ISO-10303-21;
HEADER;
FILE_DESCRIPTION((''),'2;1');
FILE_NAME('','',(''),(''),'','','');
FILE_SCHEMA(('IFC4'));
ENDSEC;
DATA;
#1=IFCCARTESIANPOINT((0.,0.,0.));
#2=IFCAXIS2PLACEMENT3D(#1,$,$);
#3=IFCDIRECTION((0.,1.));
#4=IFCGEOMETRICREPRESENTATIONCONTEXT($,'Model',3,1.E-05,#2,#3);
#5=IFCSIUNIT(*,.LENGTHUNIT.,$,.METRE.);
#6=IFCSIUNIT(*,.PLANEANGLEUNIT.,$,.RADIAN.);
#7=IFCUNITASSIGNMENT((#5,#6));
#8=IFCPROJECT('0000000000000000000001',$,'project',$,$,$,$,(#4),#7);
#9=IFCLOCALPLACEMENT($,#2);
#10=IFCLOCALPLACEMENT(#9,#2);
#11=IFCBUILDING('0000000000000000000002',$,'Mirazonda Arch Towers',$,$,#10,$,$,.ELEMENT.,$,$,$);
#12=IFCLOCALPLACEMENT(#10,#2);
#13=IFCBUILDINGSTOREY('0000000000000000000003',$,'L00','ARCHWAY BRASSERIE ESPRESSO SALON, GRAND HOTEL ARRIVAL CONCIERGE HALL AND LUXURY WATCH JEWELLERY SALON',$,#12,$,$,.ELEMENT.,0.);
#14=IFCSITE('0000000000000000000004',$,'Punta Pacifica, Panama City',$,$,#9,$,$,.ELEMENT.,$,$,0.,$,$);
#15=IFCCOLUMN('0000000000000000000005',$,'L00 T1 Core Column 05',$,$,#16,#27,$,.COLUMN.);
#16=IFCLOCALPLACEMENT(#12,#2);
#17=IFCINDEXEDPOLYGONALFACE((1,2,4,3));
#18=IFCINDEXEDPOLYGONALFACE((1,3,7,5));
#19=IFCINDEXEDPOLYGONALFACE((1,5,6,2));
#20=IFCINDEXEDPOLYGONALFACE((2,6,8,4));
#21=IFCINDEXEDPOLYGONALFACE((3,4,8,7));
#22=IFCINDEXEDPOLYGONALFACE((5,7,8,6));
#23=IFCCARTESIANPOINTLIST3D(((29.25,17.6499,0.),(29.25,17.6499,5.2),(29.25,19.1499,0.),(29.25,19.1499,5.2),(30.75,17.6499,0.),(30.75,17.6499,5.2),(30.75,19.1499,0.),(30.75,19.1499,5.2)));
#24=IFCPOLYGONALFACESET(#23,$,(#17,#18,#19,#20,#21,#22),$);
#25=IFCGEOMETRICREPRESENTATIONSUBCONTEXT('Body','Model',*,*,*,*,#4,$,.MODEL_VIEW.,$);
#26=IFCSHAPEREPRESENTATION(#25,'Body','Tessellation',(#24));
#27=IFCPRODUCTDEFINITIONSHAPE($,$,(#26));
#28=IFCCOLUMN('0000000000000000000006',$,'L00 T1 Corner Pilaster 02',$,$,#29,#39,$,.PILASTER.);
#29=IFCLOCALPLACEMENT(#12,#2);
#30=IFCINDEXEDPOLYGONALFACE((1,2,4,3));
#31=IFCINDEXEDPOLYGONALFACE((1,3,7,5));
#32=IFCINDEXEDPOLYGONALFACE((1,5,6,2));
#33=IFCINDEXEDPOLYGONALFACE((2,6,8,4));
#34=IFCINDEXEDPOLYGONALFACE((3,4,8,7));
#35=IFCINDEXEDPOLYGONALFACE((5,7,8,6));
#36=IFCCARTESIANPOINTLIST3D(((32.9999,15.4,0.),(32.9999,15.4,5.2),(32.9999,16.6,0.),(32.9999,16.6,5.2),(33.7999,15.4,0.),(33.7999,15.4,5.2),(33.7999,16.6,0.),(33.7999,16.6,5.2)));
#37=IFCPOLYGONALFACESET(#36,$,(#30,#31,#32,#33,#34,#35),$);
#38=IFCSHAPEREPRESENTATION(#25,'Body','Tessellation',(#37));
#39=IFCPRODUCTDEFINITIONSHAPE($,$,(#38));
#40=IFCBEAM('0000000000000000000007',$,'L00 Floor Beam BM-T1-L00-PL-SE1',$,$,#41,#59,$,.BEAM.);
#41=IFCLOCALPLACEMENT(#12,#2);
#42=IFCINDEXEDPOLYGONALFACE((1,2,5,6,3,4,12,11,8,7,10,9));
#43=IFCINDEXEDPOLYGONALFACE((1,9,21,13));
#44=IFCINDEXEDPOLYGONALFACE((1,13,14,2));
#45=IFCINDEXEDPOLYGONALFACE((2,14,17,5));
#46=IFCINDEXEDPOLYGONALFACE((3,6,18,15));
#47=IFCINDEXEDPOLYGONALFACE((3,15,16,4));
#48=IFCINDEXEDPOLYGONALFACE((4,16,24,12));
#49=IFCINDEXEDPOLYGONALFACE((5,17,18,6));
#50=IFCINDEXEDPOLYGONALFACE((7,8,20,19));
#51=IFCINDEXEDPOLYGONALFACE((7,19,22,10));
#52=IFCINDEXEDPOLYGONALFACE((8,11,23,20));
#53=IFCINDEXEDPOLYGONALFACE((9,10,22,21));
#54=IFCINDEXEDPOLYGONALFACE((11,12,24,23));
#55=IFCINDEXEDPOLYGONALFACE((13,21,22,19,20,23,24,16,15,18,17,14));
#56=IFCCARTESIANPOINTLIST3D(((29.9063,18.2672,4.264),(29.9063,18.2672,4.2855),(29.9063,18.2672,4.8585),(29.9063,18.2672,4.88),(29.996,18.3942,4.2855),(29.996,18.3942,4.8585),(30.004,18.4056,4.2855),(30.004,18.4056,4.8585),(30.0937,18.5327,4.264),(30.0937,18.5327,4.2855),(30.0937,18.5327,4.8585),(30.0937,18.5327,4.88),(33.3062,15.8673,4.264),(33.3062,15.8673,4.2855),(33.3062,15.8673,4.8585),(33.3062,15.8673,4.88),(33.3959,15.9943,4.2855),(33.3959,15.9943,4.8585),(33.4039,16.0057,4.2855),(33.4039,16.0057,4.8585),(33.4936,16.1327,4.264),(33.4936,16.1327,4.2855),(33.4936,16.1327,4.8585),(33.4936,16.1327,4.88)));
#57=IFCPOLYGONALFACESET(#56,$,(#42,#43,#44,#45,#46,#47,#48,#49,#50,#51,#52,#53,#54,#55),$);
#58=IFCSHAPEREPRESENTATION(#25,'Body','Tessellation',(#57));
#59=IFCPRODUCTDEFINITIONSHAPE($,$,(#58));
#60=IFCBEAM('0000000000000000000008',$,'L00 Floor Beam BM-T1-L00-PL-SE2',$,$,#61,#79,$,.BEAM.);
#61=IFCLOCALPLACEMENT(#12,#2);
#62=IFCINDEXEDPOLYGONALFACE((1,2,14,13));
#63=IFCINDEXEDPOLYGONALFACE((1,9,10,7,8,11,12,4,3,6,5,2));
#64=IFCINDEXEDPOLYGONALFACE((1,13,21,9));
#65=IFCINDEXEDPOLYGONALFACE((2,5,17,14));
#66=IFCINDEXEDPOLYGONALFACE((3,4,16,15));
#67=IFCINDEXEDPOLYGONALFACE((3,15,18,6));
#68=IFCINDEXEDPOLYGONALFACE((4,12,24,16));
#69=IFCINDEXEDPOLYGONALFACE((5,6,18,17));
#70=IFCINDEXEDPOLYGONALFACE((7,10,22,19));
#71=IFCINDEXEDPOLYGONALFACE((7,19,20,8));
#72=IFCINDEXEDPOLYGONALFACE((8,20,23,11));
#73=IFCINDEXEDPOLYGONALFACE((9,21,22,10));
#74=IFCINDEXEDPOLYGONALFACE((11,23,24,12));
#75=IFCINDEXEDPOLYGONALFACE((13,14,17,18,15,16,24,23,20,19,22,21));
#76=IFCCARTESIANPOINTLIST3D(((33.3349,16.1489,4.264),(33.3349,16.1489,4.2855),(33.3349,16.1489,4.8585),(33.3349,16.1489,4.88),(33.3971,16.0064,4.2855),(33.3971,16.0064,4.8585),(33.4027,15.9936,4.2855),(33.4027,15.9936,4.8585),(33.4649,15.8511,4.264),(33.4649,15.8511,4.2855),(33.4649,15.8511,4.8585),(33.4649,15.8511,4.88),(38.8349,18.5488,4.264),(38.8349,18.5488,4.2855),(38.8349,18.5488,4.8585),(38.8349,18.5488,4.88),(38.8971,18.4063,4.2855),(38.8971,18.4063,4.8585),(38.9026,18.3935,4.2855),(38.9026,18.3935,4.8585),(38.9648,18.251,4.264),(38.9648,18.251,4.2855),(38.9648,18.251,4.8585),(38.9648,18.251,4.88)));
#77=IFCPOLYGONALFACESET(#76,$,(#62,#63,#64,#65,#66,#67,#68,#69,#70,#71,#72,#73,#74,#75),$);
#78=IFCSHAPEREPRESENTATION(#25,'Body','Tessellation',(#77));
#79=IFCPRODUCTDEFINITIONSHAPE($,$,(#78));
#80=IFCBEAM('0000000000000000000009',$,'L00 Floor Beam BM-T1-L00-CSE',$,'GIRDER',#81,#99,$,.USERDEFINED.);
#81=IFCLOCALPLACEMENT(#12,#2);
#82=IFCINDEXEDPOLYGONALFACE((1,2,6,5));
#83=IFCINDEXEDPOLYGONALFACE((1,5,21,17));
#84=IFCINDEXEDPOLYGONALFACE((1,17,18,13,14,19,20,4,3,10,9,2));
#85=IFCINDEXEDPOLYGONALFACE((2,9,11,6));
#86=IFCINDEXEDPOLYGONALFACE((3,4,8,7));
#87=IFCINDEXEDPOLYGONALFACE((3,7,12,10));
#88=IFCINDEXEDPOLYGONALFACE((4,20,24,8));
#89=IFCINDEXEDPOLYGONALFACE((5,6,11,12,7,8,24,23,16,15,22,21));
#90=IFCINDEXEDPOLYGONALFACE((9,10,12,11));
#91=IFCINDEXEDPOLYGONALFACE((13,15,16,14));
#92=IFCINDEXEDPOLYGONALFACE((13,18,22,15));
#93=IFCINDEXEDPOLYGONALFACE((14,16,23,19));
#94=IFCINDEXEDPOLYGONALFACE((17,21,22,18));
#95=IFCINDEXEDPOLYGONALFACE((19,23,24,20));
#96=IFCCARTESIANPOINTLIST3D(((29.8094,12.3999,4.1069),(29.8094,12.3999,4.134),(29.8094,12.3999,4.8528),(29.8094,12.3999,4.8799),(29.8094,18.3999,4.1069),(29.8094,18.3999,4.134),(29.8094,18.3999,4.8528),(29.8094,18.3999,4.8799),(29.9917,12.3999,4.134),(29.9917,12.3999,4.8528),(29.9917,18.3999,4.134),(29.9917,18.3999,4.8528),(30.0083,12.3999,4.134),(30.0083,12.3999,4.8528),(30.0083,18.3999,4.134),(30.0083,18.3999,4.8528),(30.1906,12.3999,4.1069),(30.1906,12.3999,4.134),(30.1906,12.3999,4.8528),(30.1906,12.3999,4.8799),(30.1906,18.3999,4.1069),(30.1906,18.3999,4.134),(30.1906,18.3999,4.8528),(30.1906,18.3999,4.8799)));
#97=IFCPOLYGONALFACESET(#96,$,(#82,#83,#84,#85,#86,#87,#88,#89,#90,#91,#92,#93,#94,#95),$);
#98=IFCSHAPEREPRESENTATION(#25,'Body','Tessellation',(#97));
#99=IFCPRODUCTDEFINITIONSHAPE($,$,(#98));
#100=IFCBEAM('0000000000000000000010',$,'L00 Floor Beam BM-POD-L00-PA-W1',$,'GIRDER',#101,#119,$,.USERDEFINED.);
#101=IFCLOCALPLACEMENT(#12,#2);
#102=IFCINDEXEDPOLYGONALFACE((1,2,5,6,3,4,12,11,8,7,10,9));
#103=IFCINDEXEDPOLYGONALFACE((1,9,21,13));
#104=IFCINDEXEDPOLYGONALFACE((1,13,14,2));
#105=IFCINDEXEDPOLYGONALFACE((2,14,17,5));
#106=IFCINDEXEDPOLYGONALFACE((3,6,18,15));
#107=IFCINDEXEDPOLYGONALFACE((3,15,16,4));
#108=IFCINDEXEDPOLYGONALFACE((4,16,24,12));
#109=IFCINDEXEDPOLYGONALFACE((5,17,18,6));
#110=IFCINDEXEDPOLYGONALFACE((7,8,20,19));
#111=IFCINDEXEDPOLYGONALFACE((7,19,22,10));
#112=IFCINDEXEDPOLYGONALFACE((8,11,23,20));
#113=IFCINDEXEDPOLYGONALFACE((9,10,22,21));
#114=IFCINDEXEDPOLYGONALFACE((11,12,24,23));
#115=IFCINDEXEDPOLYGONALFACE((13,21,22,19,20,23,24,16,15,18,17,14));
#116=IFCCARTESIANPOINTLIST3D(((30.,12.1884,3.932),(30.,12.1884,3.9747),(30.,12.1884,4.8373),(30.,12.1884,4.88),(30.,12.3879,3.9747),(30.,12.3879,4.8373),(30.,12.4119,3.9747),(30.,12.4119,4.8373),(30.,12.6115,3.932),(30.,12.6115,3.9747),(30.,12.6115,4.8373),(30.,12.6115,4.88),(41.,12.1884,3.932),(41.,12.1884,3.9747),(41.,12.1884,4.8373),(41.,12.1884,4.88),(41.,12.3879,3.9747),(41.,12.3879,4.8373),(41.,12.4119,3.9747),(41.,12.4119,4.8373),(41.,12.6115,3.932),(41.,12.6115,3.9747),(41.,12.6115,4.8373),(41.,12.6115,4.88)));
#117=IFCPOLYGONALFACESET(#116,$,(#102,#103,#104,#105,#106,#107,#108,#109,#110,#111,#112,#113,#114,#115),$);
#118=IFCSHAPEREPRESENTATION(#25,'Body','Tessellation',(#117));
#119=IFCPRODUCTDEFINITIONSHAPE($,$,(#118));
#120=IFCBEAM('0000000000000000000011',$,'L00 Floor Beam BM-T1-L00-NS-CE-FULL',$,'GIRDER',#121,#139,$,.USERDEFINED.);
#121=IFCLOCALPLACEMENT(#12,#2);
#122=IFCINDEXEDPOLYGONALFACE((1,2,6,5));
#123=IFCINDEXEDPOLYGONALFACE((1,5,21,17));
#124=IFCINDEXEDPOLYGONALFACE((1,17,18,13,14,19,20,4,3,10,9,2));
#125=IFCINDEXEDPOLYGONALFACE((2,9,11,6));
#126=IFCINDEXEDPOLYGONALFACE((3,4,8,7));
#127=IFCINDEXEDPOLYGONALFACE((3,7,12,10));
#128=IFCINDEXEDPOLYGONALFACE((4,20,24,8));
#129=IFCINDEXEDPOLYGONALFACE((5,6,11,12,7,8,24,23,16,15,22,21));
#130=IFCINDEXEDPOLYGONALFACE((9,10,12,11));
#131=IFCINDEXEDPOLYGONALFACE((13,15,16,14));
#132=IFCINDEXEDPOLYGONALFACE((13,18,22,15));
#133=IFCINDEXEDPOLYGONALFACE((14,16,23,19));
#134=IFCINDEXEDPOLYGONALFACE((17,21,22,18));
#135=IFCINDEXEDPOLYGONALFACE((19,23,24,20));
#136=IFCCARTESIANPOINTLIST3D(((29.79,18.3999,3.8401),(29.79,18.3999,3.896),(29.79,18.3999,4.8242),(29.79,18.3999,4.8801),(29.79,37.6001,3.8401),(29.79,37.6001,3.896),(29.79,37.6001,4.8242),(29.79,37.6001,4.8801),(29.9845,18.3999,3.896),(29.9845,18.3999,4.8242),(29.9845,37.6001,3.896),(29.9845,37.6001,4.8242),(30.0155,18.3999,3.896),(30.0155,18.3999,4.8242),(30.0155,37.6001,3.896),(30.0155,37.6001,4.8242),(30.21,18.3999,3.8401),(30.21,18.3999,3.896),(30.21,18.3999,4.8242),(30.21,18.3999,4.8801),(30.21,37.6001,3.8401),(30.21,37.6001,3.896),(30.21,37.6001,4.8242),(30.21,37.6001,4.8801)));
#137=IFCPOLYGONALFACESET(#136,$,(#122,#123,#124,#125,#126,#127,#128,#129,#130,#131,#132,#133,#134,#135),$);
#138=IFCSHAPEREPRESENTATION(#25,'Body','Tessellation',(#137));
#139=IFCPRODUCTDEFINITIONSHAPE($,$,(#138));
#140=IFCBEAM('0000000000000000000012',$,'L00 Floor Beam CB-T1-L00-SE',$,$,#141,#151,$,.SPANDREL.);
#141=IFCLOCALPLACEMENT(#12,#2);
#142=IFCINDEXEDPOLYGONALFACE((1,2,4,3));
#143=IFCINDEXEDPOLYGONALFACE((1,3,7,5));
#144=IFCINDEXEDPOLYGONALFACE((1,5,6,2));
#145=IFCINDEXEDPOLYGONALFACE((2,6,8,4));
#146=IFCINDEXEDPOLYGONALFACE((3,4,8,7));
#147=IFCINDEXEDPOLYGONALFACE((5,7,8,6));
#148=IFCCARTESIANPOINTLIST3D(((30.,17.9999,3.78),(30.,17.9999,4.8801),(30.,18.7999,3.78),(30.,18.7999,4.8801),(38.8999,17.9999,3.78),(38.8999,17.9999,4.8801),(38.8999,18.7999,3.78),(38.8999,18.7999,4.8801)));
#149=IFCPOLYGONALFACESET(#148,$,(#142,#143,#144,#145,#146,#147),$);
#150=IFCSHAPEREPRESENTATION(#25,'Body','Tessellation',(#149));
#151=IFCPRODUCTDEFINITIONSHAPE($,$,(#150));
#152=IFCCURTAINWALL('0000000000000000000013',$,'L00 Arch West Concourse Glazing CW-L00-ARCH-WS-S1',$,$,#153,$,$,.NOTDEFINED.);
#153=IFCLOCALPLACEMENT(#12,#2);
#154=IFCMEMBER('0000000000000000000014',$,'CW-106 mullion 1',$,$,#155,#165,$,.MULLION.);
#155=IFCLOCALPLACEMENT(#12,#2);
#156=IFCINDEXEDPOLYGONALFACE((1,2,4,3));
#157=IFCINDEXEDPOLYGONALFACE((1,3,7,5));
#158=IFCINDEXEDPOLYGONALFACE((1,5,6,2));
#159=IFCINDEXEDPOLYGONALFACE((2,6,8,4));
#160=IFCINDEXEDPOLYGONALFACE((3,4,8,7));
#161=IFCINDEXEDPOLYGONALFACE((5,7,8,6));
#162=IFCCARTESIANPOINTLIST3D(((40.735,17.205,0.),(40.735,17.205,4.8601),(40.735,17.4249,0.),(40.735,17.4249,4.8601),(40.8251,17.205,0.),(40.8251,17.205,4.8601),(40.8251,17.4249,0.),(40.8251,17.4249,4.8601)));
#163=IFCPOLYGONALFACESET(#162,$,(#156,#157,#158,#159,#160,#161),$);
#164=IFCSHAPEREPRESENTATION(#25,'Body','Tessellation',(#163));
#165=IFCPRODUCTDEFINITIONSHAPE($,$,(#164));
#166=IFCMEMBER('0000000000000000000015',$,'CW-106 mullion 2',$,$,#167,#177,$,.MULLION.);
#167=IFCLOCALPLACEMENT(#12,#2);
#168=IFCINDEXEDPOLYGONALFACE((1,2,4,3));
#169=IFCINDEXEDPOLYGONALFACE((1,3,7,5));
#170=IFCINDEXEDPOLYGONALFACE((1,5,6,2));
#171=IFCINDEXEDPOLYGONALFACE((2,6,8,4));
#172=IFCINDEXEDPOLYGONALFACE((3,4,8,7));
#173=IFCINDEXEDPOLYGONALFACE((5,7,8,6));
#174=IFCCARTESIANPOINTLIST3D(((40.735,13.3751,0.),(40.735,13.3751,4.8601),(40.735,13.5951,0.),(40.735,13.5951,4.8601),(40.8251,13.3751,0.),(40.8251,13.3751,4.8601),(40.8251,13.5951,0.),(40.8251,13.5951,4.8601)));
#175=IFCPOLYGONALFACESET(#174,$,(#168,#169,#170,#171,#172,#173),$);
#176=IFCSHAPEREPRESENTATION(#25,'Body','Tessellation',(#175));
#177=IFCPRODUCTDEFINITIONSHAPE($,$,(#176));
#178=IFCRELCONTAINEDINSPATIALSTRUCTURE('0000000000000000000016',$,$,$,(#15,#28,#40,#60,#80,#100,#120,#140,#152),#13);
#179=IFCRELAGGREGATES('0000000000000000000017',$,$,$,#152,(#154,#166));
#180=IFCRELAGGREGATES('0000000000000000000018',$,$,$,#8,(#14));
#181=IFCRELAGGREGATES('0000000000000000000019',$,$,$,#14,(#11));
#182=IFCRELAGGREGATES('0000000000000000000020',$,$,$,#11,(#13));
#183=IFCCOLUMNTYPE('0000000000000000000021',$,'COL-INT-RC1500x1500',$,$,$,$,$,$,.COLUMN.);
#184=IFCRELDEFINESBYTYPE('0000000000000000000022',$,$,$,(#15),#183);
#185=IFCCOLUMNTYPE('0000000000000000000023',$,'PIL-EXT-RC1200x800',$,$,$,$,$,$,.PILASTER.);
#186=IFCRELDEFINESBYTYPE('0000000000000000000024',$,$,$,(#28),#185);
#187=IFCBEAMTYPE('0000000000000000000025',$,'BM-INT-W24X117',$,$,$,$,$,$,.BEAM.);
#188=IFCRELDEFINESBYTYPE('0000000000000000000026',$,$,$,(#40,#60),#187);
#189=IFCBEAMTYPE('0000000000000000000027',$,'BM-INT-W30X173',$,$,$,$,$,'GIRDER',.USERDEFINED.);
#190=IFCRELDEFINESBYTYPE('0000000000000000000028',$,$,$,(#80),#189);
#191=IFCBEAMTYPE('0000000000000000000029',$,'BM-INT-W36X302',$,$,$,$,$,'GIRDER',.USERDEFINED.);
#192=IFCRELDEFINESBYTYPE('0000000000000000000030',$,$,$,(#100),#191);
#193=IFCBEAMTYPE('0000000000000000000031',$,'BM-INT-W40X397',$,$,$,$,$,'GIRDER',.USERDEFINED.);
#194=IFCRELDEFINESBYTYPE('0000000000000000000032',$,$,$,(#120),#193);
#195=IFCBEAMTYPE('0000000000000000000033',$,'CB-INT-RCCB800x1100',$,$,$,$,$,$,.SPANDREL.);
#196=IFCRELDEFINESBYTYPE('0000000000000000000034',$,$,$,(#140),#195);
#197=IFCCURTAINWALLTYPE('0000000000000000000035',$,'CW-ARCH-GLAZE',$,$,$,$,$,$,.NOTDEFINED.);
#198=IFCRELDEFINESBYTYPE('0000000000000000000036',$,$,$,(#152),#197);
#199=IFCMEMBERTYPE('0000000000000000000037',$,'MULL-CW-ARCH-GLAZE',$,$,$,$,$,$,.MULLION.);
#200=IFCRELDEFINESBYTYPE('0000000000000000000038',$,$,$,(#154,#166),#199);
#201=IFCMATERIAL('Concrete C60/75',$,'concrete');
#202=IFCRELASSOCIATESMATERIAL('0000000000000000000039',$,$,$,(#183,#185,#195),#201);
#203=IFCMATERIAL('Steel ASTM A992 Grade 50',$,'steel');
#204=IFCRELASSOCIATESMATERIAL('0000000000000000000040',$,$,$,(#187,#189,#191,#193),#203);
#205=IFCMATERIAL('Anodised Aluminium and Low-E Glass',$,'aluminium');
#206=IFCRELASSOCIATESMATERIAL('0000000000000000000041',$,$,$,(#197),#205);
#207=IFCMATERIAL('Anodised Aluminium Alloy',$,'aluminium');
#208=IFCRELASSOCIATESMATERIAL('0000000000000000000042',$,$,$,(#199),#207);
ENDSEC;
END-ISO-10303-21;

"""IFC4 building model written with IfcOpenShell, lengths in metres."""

from ifc_helpers import new_model, si_unit, direction, frame, origin, origin_2d, place, context, subcontext, project, spatial, rectangle, i_section, extrude, material, material_profile, profile_set, type_object, element, aggregate, save


model = new_model("IFC4")

# Units and contexts
model_context = context("Model", 3, precision=1e-05, world=origin(), true_north=direction((0.0, 1.0)))
body_context = subcontext(model_context, "Body", "Model", "MODEL_VIEW")
ifc_project = project(units=[si_unit("LENGTHUNIT", "METRE"), si_unit("PLANEANGLEUNIT", "RADIAN")], contexts=[model_context])

# Site, building, storey
site_placement = place(None, origin())
site = spatial("IfcSite", under=ifc_project, at=site_placement, Name="Punta Pacifica, Panama City", CompositionType="ELEMENT", RefElevation=0.0)
building_placement = place(site_placement, origin())
building = spatial("IfcBuilding", under=site, at=building_placement, Name="Mirazonda Arch Towers", CompositionType="ELEMENT")
storey_placement = place(building_placement, origin())
storey = spatial("IfcBuildingStorey", under=building, at=storey_placement, Name="L00", Description="ARCHWAY BRASSERIE ESPRESSO SALON, GRAND HOTEL ARRIVAL CONCIERGE HALL AND LUXURY WATCH JEWELLERY SALON", CompositionType="ELEMENT", Elevation=0.0)

# Columns
ifc_material_1 = material(Name="Concrete C60/75", Category="concrete")
ifc_material_profile_1 = material_profile(ifc_material_1, rectangle(XDim=1.5, YDim=1.5, at=origin_2d()), Name="RC1500x1500")
ifc_profile_set_1 = profile_set([ifc_material_profile_1], Name="Concrete C60/75")
column_type_1 = type_object("IfcColumnType", Name="COL-INT-RC1500x1500", PredefinedType="COLUMN", material=ifc_profile_set_1)
column_1_placement = place(storey_placement, frame((30.0, 18.3999, 0.0), z_axis=(0.0, 0.0, 1.0), x_axis=(1.0, 0.0, 0.0)))
element("IfcColumn", 1, at=column_1_placement, inside=storey, type_object=column_type_1, Name="L00 T1 Core Column 05", PredefinedType="COLUMN", context=body_context, shape_type="SweptSolid", body=[
    extrude(rectangle(XDim=1.5, YDim=1.5, at=origin_2d()), origin(), (0.0, 0.0, 1.0), 5.2),
])
ifc_material_profile_2 = material_profile(ifc_material_1, rectangle(XDim=0.8, YDim=1.2, at=origin_2d()), Name="RC1200x800")
ifc_profile_set_2 = profile_set([ifc_material_profile_2], Name="Concrete C60/75")
column_type_2 = type_object("IfcColumnType", Name="PIL-EXT-RC1200x800", PredefinedType="PILASTER", material=ifc_profile_set_2)
column_2_placement = place(storey_placement, frame((33.3999, 16.0, 0.0), z_axis=(0.0, 0.0, 1.0), x_axis=(1.0, 0.0, 0.0)))
element("IfcColumn", 2, at=column_2_placement, inside=storey, type_object=column_type_2, Name="L00 T1 Corner Pilaster 02", PredefinedType="PILASTER", context=body_context, shape_type="SweptSolid", body=[
    extrude(rectangle(XDim=0.8, YDim=1.2, at=origin_2d()), origin(), (0.0, 0.0, 1.0), 5.2),
])

# Beams
ifc_material_2 = material(Name="Steel ASTM A992 Grade 50", Category="steel")
ifc_material_profile_3 = material_profile(ifc_material_2, i_section(OverallWidth=0.325, OverallDepth=0.616, WebThickness=0.0139, FlangeThickness=0.0215, at=origin_2d()), Name="W24X117")
ifc_profile_set_3 = profile_set([ifc_material_profile_3], Name="Steel ASTM A992 Grade 50")
beam_type_1 = type_object("IfcBeamType", Name="BM-INT-W24X117", PredefinedType="BEAM", material=ifc_profile_set_3)
beam_1_placement = place(storey_placement, frame((33.3999, 16.0, 4.572), z_axis=(-0.816971, 0.576679, 0.0), x_axis=(-0.576679, -0.816971, 0.0)))
element("IfcBeam", 3, at=beam_1_placement, inside=storey, type_object=beam_type_1, Name="L00 Floor Beam BM-T1-L00-PL-SE1", PredefinedType="BEAM", context=body_context, shape_type="SweptSolid", body=[
    extrude(i_section(OverallWidth=0.325, OverallDepth=0.616, WebThickness=0.0139, FlangeThickness=0.0215, at=origin_2d()), origin(), (0.0, 0.0, 1.0), 4.1616),
])
beam_2_placement = place(storey_placement, frame((33.3999, 16.0, 4.572), z_axis=(0.916545, 0.399931, 0.0), x_axis=(-0.399931, 0.916545, 0.0)))
element("IfcBeam", 4, at=beam_2_placement, inside=storey, type_object=beam_type_1, Name="L00 Floor Beam BM-T1-L00-PL-SE2", PredefinedType="BEAM", context=body_context, shape_type="SweptSolid", body=[
    extrude(i_section(OverallWidth=0.325, OverallDepth=0.616, WebThickness=0.0139, FlangeThickness=0.0215, at=origin_2d()), origin(), (0.0, 0.0, 1.0), 6.0007),
])
ifc_material_profile_4 = material_profile(ifc_material_2, i_section(OverallWidth=0.3811, OverallDepth=0.7729, WebThickness=0.0166, FlangeThickness=0.0271, at=origin_2d()), Name="W30X173")
ifc_profile_set_4 = profile_set([ifc_material_profile_4], Name="Steel ASTM A992 Grade 50")
beam_type_2 = type_object("IfcBeamType", Name="BM-INT-W30X173", ElementType="GIRDER", PredefinedType="USERDEFINED", material=ifc_profile_set_4)
beam_3_placement = place(storey_placement, frame((30.0, 12.3999, 4.4934), z_axis=(0.0, 1.0, 0.0), x_axis=(-1.0, 0.0, 0.0)))
element("IfcBeam", 5, at=beam_3_placement, inside=storey, type_object=beam_type_2, Name="L00 Floor Beam BM-T1-L00-CSE", ObjectType="GIRDER", PredefinedType="USERDEFINED", context=body_context, shape_type="SweptSolid", body=[
    extrude(i_section(OverallWidth=0.3811, OverallDepth=0.7729, WebThickness=0.0166, FlangeThickness=0.0271, at=origin_2d()), origin(), (0.0, 0.0, 1.0), 6.0),
])
ifc_material_profile_5 = material_profile(ifc_material_2, i_section(OverallWidth=0.4231, OverallDepth=0.948, WebThickness=0.0239, FlangeThickness=0.0427, at=origin_2d()), Name="W36X302")
ifc_profile_set_5 = profile_set([ifc_material_profile_5], Name="Steel ASTM A992 Grade 50")
beam_type_3 = type_object("IfcBeamType", Name="BM-INT-W36X302", ElementType="GIRDER", PredefinedType="USERDEFINED", material=ifc_profile_set_5)
beam_4_placement = place(storey_placement, frame((30.0, 12.3999, 4.406), z_axis=(1.0, 0.0, 0.0), x_axis=(0.0, 1.0, 0.0)))
element("IfcBeam", 6, at=beam_4_placement, inside=storey, type_object=beam_type_3, Name="L00 Floor Beam BM-POD-L00-PA-W1", ObjectType="GIRDER", PredefinedType="USERDEFINED", context=body_context, shape_type="SweptSolid", body=[
    extrude(i_section(OverallWidth=0.4231, OverallDepth=0.948, WebThickness=0.0239, FlangeThickness=0.0427, at=origin_2d()), origin(), (0.0, 0.0, 1.0), 11.0),
])
ifc_material_profile_6 = material_profile(ifc_material_2, i_section(OverallWidth=0.4199, OverallDepth=1.04, WebThickness=0.031, FlangeThickness=0.0559, at=origin_2d()), Name="W40X397")
ifc_profile_set_6 = profile_set([ifc_material_profile_6], Name="Steel ASTM A992 Grade 50")
beam_type_4 = type_object("IfcBeamType", Name="BM-INT-W40X397", ElementType="GIRDER", PredefinedType="USERDEFINED", material=ifc_profile_set_6)
beam_5_placement = place(storey_placement, frame((30.0, 18.3999, 4.3601), z_axis=(0.0, 1.0, 0.0), x_axis=(-1.0, 0.0, 0.0)))
element("IfcBeam", 7, at=beam_5_placement, inside=storey, type_object=beam_type_4, Name="L00 Floor Beam BM-T1-L00-NS-CE-FULL", ObjectType="GIRDER", PredefinedType="USERDEFINED", context=body_context, shape_type="SweptSolid", body=[
    extrude(i_section(OverallWidth=0.4199, OverallDepth=1.04, WebThickness=0.031, FlangeThickness=0.0559, at=origin_2d()), origin(), (0.0, 0.0, 1.0), 19.2002),
])
ifc_material_profile_7 = material_profile(ifc_material_1, rectangle(XDim=0.8, YDim=1.1001, at=origin_2d()), Name="RCCB800x1100")
ifc_profile_set_7 = profile_set([ifc_material_profile_7], Name="Concrete C60/75")
beam_type_5 = type_object("IfcBeamType", Name="CB-INT-RCCB800x1100", PredefinedType="SPANDREL", material=ifc_profile_set_7)
beam_6_placement = place(storey_placement, frame((30.0, 18.3999, 4.3301), z_axis=(1.0, 0.0, 0.0), x_axis=(0.0, 1.0, 0.0)))
element("IfcBeam", 8, at=beam_6_placement, inside=storey, type_object=beam_type_5, Name="L00 Floor Beam CB-T1-L00-SE", PredefinedType="SPANDREL", context=body_context, shape_type="SweptSolid", body=[
    extrude(rectangle(XDim=0.8, YDim=1.1001, at=origin_2d()), origin(), (0.0, 0.0, 1.0), 8.8999),
])

# Curtain wall, members
ifc_material_3 = material(Name="Anodised Aluminium and Low-E Glass", Category="aluminium")
curtain_wall_type = type_object("IfcCurtainWallType", Name="CW-ARCH-GLAZE", PredefinedType="NOTDEFINED", material=ifc_material_3)
curtain_wall_placement = place(storey_placement, origin())
curtain_wall = element("IfcCurtainWall", 9, at=curtain_wall_placement, inside=storey, type_object=curtain_wall_type, Name="L00 Arch West Concourse Glazing CW-L00-ARCH-WS-S1", PredefinedType="NOTDEFINED")
ifc_material_4 = material(Name="Anodised Aluminium Alloy", Category="aluminium")
ifc_material_profile_8 = material_profile(ifc_material_4, rectangle(XDim=0.0901, YDim=0.22, at=origin_2d()), Name="ALU-MULL-90x220")
ifc_profile_set_8 = profile_set([ifc_material_profile_8], Name="Anodised Aluminium Alloy")
member_type_1 = type_object("IfcMemberType", Name="MULL-CW-ARCH-GLAZE", PredefinedType="MULLION", material=ifc_profile_set_8)
member_1_placement = place(storey_placement, frame((40.78, 17.3149, 0.0), z_axis=(0.0, 0.0, 1.0), x_axis=(1.0, 0.0, 0.0)))
member_1 = element("IfcMember", 10, at=member_1_placement, type_object=member_type_1, Name="CW-106 mullion 1", PredefinedType="MULLION", context=body_context, shape_type="SweptSolid", body=[
    extrude(rectangle(XDim=0.0901, YDim=0.22, at=origin_2d()), origin(), (0.0, 0.0, 1.0), 4.8601),
])
member_2_placement = place(storey_placement, frame((40.78, 13.4851, 0.0), z_axis=(0.0, 0.0, 1.0), x_axis=(1.0, 0.0, 0.0)))
member_2 = element("IfcMember", 11, at=member_2_placement, type_object=member_type_1, Name="CW-106 mullion 2", PredefinedType="MULLION", context=body_context, shape_type="SweptSolid", body=[
    extrude(rectangle(XDim=0.0901, YDim=0.22, at=origin_2d()), origin(), (0.0, 0.0, 1.0), 4.8601),
])
aggregate(curtain_wall, [member_1, member_2])

save(model, "model.ifc")
